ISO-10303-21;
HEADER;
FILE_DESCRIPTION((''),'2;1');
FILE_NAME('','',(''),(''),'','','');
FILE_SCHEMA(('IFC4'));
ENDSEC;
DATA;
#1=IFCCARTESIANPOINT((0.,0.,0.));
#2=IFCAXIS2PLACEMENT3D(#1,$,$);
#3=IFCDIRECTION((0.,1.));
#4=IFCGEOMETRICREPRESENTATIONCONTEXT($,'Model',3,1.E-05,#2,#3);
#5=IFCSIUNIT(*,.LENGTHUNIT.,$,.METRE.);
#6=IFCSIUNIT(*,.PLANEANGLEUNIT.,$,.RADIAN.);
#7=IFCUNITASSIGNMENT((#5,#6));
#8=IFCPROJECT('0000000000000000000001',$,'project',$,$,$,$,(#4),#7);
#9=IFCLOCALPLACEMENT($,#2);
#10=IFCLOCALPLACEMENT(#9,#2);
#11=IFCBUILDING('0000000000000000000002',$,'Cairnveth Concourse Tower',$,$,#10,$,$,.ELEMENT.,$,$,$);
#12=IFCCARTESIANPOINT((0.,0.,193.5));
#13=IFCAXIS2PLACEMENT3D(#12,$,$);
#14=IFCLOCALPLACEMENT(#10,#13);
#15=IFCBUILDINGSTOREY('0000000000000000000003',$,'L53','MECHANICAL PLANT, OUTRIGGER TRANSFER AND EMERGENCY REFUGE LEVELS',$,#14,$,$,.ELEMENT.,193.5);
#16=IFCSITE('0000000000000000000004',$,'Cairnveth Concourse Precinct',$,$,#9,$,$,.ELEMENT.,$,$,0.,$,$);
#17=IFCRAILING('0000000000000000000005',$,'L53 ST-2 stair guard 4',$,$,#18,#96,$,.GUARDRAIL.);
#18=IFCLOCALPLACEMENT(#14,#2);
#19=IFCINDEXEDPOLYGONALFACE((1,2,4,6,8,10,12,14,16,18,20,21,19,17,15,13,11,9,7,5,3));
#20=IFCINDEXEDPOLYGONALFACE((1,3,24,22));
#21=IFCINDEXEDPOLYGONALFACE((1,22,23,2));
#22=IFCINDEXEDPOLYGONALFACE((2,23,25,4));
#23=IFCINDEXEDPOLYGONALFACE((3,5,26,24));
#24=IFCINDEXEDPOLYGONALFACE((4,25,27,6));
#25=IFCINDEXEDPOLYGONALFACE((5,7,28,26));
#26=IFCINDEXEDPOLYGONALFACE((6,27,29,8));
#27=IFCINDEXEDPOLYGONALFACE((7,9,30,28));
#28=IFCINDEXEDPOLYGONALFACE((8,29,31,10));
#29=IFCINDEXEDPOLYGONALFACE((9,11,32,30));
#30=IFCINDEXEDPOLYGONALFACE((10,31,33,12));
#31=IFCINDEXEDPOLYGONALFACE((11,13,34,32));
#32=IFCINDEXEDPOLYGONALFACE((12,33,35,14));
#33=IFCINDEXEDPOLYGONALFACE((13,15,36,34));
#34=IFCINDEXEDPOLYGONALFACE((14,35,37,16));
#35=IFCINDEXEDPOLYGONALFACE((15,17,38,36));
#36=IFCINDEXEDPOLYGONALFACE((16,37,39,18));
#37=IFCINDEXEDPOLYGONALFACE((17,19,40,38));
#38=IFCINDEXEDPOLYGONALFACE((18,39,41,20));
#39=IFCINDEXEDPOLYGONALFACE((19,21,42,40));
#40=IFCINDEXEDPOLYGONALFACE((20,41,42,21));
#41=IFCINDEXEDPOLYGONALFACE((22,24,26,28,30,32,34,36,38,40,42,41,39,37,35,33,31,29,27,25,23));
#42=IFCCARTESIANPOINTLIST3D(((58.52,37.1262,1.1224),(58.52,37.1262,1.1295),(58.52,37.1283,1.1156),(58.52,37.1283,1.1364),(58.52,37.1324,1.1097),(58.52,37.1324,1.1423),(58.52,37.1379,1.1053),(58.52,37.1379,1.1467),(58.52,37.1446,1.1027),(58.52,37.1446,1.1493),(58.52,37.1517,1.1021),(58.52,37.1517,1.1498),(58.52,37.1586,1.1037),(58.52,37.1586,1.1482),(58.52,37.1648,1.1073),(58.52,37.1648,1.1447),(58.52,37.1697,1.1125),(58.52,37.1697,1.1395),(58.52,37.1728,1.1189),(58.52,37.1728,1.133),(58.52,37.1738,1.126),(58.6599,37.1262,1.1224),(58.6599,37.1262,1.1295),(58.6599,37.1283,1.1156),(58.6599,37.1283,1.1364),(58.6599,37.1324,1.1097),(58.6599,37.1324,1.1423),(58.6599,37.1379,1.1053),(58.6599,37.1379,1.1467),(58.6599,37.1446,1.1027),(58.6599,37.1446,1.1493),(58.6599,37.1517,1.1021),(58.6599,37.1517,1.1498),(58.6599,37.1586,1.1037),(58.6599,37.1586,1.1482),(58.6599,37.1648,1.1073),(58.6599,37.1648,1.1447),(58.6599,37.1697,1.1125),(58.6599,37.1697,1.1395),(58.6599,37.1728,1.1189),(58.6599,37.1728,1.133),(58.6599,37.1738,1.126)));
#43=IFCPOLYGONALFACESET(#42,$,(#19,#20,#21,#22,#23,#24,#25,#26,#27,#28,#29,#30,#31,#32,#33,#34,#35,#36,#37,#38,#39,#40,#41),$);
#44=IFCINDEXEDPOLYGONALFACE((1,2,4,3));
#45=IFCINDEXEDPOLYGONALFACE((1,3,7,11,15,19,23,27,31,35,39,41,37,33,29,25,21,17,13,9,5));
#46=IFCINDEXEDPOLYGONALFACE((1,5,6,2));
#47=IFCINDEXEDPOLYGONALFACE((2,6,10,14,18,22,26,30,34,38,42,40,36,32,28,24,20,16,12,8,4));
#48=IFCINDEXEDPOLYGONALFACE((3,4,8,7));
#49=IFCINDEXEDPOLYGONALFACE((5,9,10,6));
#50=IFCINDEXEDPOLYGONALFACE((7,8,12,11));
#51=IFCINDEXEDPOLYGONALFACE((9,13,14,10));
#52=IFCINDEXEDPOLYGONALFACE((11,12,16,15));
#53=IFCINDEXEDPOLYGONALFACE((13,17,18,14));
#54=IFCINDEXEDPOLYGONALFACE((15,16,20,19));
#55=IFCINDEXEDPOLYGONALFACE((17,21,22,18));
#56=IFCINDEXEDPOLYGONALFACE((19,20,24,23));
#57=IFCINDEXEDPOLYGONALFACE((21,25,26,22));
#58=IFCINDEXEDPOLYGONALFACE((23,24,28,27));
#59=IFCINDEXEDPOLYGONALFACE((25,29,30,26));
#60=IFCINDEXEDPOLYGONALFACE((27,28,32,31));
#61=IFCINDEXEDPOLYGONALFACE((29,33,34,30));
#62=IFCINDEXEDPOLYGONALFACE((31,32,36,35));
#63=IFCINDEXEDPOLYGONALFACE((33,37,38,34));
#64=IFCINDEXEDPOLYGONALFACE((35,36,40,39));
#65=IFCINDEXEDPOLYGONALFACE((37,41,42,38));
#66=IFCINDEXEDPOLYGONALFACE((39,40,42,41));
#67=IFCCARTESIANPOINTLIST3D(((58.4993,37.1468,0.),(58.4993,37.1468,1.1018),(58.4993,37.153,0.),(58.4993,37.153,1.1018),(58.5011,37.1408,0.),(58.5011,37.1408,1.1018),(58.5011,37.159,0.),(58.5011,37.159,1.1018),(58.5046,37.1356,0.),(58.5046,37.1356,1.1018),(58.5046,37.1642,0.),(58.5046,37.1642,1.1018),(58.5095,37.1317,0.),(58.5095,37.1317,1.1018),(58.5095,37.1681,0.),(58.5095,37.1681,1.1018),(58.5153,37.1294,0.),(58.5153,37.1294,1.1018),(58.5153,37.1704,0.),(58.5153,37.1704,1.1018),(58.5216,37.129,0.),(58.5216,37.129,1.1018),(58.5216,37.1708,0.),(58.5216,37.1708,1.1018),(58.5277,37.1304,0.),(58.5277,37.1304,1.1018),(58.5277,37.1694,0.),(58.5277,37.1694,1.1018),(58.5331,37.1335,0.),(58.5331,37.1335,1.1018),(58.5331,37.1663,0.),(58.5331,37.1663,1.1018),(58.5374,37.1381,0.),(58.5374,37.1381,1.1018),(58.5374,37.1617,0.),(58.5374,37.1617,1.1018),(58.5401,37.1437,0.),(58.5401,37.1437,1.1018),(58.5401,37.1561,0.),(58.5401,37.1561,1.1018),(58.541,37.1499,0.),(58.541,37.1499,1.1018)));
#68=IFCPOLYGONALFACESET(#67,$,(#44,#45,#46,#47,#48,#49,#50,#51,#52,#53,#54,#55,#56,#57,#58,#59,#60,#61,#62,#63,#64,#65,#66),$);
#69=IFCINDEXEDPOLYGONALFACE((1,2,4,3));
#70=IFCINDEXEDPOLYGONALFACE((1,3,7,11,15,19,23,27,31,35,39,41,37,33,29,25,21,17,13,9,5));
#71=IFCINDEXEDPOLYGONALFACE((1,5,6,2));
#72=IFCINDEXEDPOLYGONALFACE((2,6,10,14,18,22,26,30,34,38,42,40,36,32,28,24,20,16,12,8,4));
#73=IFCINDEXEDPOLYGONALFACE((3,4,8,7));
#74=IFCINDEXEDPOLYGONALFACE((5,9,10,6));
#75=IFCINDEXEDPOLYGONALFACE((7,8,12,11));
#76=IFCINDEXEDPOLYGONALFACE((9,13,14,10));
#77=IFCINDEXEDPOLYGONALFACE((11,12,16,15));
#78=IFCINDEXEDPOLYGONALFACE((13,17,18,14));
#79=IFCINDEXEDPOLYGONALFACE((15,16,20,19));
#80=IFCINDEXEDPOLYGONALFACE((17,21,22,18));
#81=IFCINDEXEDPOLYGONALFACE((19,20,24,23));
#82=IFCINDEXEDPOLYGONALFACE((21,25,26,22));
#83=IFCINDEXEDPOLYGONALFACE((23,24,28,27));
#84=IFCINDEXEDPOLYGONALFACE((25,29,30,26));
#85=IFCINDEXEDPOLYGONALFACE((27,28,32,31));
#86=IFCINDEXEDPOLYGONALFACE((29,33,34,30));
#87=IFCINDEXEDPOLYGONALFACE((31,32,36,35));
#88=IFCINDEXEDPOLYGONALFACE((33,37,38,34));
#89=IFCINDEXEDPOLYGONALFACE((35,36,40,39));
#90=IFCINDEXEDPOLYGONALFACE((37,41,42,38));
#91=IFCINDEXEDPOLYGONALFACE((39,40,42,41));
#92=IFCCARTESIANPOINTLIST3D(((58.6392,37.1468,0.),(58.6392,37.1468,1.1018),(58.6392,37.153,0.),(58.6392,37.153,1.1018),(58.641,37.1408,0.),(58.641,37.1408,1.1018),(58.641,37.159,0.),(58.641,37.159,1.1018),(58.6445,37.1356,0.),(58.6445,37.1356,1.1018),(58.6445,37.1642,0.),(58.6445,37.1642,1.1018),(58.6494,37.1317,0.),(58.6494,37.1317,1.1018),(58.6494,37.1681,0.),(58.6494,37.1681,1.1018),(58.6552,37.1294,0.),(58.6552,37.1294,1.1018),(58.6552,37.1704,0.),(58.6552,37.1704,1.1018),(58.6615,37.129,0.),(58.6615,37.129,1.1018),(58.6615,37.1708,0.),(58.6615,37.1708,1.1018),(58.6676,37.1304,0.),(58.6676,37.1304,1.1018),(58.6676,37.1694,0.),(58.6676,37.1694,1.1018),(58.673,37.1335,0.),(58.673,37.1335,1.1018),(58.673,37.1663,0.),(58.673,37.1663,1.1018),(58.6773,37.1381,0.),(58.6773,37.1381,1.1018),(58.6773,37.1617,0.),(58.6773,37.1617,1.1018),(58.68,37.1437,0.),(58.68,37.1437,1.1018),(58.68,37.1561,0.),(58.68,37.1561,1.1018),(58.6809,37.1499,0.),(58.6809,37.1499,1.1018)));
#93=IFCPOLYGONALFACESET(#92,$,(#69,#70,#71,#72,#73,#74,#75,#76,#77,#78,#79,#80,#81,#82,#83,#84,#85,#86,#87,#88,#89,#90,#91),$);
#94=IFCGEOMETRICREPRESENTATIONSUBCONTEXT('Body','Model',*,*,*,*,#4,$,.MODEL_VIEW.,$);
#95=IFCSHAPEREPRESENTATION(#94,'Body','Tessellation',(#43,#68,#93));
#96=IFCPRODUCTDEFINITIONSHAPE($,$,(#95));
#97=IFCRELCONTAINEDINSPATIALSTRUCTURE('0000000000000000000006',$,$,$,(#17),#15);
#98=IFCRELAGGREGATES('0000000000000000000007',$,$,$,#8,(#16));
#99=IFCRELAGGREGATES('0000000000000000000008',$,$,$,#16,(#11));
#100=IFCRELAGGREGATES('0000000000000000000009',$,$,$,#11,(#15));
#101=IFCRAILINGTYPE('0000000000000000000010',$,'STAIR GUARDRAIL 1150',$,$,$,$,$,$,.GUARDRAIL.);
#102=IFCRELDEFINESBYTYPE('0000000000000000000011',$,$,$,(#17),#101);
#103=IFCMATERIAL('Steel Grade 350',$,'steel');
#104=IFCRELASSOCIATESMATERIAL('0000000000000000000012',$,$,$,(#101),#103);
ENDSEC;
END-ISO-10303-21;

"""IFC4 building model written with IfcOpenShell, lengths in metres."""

from ifc_helpers import new_model, si_unit, direction, frame, origin, origin_2d, place, context, subcontext, project, spatial, circle, extrude, material, type_object, element, save


model = new_model("IFC4")

# Units and contexts
model_context = context("Model", 3, precision=1e-05, world=origin(), true_north=direction((0.0, 1.0)))
body_context = subcontext(model_context, "Body", "Model", "MODEL_VIEW")
ifc_project = project(units=[si_unit("LENGTHUNIT", "METRE"), si_unit("PLANEANGLEUNIT", "RADIAN")], contexts=[model_context])

# Site, building, storey
site_placement = place(None, origin())
site = spatial("IfcSite", under=ifc_project, at=site_placement, Name="Cairnveth Concourse Precinct", CompositionType="ELEMENT", RefElevation=0.0)
building_placement = place(site_placement, origin())
building = spatial("IfcBuilding", under=site, at=building_placement, Name="Cairnveth Concourse Tower", CompositionType="ELEMENT")
storey_placement = place(building_placement, frame((0.0, 0.0, 193.5)))
storey = spatial("IfcBuildingStorey", under=building, at=storey_placement, Name="L53", Description="MECHANICAL PLANT, OUTRIGGER TRANSFER AND EMERGENCY REFUGE LEVELS", CompositionType="ELEMENT", Elevation=193.5)

# Shared definitions
ifc_material_1 = material(Name="Steel Grade 350", Category="steel")

# Railing
railing_type_1 = type_object("IfcRailingType", Name="STAIR GUARDRAIL 1150", PredefinedType="GUARDRAIL", material=ifc_material_1)
railing_1_placement = place(storey_placement, frame((58.52, 37.1499, 0.0)))
element("IfcRailing", 1, at=railing_1_placement, inside=storey, type_object=railing_type_1, Name="L53 ST-2 stair guard 4", PredefinedType="GUARDRAIL", context=body_context, shape_type="SweptSolid", body=[
    extrude(circle(Radius=0.0239, at=origin_2d()), frame((0.0, 0.0, 1.126), z_axis=(1.0, 0.0, 0.0), x_axis=(0.0, 1.0, 0.0)), (0.0, 0.0, 1.0), 0.1399),
    extrude(circle(Radius=0.021, at=origin_2d()), origin(), (0.0, 0.0, 1.0), 1.1018),
    extrude(circle(Radius=0.021, at=origin_2d()), frame((0.1399, 0.0, 0.0)), (0.0, 0.0, 1.0), 1.1018),
])

save(model, "model.ifc")
